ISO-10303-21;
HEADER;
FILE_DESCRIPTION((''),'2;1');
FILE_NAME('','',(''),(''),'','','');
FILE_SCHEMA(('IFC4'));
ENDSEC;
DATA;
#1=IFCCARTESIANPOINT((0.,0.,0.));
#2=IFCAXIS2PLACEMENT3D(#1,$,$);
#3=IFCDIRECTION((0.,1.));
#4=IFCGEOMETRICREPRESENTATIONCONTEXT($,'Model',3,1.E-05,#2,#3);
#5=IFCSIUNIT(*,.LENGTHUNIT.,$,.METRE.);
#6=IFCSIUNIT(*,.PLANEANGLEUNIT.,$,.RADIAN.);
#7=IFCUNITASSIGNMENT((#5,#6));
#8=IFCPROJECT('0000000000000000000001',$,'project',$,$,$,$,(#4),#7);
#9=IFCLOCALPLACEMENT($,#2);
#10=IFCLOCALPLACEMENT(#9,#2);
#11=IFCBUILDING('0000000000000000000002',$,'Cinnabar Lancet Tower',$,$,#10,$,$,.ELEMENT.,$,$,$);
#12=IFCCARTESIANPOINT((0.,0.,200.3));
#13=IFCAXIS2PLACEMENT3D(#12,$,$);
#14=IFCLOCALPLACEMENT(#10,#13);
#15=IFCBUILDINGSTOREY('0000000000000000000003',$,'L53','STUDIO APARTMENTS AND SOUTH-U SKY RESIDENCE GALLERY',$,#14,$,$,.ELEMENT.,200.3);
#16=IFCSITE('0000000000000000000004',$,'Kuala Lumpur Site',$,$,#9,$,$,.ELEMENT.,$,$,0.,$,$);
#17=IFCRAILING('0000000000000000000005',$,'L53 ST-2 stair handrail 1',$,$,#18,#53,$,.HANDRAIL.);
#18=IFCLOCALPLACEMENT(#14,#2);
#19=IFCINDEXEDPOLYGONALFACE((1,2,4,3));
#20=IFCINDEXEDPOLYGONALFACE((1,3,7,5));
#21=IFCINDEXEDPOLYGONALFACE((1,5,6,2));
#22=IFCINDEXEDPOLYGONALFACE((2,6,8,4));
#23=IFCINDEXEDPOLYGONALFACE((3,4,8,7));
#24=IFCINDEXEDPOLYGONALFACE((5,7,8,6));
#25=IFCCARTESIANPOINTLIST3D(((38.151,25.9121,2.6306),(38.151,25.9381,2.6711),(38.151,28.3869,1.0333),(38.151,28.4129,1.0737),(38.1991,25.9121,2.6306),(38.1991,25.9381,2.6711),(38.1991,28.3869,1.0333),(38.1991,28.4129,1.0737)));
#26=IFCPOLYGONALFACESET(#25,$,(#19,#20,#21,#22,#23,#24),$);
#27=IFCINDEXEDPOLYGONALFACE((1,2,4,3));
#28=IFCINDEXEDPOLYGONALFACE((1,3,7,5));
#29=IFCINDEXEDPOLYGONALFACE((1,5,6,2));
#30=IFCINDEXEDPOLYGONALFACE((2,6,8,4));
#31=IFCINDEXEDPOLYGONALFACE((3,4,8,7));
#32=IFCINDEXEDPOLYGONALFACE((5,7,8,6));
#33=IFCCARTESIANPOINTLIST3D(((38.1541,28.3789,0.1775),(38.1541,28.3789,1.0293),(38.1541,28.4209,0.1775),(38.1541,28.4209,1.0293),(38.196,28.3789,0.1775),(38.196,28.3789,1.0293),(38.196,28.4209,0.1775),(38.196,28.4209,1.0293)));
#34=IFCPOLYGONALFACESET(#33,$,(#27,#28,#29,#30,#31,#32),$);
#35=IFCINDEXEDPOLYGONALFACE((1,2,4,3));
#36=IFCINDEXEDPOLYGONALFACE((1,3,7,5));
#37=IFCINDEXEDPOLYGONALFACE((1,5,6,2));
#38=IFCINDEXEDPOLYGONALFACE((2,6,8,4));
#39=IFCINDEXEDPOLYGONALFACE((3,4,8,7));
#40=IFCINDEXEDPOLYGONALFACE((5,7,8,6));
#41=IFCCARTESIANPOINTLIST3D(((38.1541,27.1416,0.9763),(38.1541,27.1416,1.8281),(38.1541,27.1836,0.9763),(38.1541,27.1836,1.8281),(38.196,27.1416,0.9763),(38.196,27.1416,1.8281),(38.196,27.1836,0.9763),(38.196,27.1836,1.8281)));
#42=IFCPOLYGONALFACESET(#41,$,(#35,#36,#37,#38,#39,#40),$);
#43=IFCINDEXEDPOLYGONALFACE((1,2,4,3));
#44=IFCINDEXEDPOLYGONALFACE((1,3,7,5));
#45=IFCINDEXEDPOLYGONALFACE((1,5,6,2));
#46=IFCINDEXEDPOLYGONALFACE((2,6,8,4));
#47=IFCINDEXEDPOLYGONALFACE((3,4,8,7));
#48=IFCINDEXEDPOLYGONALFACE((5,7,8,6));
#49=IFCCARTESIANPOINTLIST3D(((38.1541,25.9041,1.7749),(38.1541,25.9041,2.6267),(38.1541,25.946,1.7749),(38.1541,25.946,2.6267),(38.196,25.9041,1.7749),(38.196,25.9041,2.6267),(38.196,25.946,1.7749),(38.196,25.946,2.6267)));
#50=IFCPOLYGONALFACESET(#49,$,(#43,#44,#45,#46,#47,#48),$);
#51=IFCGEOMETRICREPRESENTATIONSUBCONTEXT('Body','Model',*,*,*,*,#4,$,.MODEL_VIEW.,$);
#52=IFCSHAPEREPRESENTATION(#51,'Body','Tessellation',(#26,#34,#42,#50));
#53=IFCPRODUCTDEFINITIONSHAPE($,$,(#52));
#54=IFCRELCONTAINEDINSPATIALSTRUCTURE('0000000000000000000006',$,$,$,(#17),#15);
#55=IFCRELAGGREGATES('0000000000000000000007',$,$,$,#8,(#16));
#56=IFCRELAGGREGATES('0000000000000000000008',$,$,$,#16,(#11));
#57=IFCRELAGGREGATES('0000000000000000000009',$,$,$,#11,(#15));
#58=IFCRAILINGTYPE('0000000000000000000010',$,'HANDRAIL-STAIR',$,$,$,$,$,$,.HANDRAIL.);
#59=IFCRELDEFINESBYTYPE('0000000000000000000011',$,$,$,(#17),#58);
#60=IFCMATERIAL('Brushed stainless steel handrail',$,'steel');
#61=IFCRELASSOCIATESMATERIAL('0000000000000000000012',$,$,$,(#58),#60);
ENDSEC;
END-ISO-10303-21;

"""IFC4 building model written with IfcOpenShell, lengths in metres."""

from ifc_helpers import new_model, si_unit, direction, frame, origin, origin_2d, place, context, subcontext, project, spatial, rectangle, extrude, material, type_object, element, save


model = new_model("IFC4")

# Units and contexts
model_context = context("Model", 3, precision=1e-05, world=origin(), true_north=direction((0.0, 1.0)))
body_context = subcontext(model_context, "Body", "Model", "MODEL_VIEW")
ifc_project = project(units=[si_unit("LENGTHUNIT", "METRE"), si_unit("PLANEANGLEUNIT", "RADIAN")], contexts=[model_context])

# Site, building, storey
site_placement = place(None, origin())
site = spatial("IfcSite", under=ifc_project, at=site_placement, Name="Kuala Lumpur Site", CompositionType="ELEMENT", RefElevation=0.0)
building_placement = place(site_placement, origin())
building = spatial("IfcBuilding", under=site, at=building_placement, Name="Cinnabar Lancet Tower", CompositionType="ELEMENT")
storey_placement = place(building_placement, frame((0.0, 0.0, 200.3)))
storey = spatial("IfcBuildingStorey", under=building, at=storey_placement, Name="L53", Description="STUDIO APARTMENTS AND SOUTH-U SKY RESIDENCE GALLERY", CompositionType="ELEMENT", Elevation=200.3)

# Railing
ifc_material_1 = material(Name="Brushed stainless steel handrail", Category="steel")
railing_type_1 = type_object("IfcRailingType", Name="HANDRAIL-STAIR", PredefinedType="HANDRAIL", material=ifc_material_1)
railing_1_placement = place(storey_placement, frame((38.175, 28.3999, 0.1775)))
element("IfcRailing", 1, at=railing_1_placement, inside=storey, type_object=railing_type_1, Name="L53 ST-2 stair handrail 1", PredefinedType="HANDRAIL", context=body_context, shape_type="SweptSolid", body=[
    extrude(rectangle(XDim=0.0481, YDim=0.0481, at=origin_2d()), frame((0.0, 0.0, 0.876), z_axis=(0.0, -0.840183, 0.542302), x_axis=(1.0, 0.0, 0.0)), (0.0, 0.0, 1.0), 2.9456),
    extrude(rectangle(XDim=0.042, YDim=0.042, at=origin_2d()), origin(), (0.0, 0.0, 1.0), 0.8518),
    extrude(rectangle(XDim=0.042, YDim=0.042, at=origin_2d()), frame((0.0, -1.2373, 0.7988)), (0.0, 0.0, 1.0), 0.8518),
    extrude(rectangle(XDim=0.042, YDim=0.042, at=origin_2d()), frame((0.0, -2.4749, 1.5974)), (0.0, 0.0, 1.0), 0.8518),
])

save(model, "model.ifc")
